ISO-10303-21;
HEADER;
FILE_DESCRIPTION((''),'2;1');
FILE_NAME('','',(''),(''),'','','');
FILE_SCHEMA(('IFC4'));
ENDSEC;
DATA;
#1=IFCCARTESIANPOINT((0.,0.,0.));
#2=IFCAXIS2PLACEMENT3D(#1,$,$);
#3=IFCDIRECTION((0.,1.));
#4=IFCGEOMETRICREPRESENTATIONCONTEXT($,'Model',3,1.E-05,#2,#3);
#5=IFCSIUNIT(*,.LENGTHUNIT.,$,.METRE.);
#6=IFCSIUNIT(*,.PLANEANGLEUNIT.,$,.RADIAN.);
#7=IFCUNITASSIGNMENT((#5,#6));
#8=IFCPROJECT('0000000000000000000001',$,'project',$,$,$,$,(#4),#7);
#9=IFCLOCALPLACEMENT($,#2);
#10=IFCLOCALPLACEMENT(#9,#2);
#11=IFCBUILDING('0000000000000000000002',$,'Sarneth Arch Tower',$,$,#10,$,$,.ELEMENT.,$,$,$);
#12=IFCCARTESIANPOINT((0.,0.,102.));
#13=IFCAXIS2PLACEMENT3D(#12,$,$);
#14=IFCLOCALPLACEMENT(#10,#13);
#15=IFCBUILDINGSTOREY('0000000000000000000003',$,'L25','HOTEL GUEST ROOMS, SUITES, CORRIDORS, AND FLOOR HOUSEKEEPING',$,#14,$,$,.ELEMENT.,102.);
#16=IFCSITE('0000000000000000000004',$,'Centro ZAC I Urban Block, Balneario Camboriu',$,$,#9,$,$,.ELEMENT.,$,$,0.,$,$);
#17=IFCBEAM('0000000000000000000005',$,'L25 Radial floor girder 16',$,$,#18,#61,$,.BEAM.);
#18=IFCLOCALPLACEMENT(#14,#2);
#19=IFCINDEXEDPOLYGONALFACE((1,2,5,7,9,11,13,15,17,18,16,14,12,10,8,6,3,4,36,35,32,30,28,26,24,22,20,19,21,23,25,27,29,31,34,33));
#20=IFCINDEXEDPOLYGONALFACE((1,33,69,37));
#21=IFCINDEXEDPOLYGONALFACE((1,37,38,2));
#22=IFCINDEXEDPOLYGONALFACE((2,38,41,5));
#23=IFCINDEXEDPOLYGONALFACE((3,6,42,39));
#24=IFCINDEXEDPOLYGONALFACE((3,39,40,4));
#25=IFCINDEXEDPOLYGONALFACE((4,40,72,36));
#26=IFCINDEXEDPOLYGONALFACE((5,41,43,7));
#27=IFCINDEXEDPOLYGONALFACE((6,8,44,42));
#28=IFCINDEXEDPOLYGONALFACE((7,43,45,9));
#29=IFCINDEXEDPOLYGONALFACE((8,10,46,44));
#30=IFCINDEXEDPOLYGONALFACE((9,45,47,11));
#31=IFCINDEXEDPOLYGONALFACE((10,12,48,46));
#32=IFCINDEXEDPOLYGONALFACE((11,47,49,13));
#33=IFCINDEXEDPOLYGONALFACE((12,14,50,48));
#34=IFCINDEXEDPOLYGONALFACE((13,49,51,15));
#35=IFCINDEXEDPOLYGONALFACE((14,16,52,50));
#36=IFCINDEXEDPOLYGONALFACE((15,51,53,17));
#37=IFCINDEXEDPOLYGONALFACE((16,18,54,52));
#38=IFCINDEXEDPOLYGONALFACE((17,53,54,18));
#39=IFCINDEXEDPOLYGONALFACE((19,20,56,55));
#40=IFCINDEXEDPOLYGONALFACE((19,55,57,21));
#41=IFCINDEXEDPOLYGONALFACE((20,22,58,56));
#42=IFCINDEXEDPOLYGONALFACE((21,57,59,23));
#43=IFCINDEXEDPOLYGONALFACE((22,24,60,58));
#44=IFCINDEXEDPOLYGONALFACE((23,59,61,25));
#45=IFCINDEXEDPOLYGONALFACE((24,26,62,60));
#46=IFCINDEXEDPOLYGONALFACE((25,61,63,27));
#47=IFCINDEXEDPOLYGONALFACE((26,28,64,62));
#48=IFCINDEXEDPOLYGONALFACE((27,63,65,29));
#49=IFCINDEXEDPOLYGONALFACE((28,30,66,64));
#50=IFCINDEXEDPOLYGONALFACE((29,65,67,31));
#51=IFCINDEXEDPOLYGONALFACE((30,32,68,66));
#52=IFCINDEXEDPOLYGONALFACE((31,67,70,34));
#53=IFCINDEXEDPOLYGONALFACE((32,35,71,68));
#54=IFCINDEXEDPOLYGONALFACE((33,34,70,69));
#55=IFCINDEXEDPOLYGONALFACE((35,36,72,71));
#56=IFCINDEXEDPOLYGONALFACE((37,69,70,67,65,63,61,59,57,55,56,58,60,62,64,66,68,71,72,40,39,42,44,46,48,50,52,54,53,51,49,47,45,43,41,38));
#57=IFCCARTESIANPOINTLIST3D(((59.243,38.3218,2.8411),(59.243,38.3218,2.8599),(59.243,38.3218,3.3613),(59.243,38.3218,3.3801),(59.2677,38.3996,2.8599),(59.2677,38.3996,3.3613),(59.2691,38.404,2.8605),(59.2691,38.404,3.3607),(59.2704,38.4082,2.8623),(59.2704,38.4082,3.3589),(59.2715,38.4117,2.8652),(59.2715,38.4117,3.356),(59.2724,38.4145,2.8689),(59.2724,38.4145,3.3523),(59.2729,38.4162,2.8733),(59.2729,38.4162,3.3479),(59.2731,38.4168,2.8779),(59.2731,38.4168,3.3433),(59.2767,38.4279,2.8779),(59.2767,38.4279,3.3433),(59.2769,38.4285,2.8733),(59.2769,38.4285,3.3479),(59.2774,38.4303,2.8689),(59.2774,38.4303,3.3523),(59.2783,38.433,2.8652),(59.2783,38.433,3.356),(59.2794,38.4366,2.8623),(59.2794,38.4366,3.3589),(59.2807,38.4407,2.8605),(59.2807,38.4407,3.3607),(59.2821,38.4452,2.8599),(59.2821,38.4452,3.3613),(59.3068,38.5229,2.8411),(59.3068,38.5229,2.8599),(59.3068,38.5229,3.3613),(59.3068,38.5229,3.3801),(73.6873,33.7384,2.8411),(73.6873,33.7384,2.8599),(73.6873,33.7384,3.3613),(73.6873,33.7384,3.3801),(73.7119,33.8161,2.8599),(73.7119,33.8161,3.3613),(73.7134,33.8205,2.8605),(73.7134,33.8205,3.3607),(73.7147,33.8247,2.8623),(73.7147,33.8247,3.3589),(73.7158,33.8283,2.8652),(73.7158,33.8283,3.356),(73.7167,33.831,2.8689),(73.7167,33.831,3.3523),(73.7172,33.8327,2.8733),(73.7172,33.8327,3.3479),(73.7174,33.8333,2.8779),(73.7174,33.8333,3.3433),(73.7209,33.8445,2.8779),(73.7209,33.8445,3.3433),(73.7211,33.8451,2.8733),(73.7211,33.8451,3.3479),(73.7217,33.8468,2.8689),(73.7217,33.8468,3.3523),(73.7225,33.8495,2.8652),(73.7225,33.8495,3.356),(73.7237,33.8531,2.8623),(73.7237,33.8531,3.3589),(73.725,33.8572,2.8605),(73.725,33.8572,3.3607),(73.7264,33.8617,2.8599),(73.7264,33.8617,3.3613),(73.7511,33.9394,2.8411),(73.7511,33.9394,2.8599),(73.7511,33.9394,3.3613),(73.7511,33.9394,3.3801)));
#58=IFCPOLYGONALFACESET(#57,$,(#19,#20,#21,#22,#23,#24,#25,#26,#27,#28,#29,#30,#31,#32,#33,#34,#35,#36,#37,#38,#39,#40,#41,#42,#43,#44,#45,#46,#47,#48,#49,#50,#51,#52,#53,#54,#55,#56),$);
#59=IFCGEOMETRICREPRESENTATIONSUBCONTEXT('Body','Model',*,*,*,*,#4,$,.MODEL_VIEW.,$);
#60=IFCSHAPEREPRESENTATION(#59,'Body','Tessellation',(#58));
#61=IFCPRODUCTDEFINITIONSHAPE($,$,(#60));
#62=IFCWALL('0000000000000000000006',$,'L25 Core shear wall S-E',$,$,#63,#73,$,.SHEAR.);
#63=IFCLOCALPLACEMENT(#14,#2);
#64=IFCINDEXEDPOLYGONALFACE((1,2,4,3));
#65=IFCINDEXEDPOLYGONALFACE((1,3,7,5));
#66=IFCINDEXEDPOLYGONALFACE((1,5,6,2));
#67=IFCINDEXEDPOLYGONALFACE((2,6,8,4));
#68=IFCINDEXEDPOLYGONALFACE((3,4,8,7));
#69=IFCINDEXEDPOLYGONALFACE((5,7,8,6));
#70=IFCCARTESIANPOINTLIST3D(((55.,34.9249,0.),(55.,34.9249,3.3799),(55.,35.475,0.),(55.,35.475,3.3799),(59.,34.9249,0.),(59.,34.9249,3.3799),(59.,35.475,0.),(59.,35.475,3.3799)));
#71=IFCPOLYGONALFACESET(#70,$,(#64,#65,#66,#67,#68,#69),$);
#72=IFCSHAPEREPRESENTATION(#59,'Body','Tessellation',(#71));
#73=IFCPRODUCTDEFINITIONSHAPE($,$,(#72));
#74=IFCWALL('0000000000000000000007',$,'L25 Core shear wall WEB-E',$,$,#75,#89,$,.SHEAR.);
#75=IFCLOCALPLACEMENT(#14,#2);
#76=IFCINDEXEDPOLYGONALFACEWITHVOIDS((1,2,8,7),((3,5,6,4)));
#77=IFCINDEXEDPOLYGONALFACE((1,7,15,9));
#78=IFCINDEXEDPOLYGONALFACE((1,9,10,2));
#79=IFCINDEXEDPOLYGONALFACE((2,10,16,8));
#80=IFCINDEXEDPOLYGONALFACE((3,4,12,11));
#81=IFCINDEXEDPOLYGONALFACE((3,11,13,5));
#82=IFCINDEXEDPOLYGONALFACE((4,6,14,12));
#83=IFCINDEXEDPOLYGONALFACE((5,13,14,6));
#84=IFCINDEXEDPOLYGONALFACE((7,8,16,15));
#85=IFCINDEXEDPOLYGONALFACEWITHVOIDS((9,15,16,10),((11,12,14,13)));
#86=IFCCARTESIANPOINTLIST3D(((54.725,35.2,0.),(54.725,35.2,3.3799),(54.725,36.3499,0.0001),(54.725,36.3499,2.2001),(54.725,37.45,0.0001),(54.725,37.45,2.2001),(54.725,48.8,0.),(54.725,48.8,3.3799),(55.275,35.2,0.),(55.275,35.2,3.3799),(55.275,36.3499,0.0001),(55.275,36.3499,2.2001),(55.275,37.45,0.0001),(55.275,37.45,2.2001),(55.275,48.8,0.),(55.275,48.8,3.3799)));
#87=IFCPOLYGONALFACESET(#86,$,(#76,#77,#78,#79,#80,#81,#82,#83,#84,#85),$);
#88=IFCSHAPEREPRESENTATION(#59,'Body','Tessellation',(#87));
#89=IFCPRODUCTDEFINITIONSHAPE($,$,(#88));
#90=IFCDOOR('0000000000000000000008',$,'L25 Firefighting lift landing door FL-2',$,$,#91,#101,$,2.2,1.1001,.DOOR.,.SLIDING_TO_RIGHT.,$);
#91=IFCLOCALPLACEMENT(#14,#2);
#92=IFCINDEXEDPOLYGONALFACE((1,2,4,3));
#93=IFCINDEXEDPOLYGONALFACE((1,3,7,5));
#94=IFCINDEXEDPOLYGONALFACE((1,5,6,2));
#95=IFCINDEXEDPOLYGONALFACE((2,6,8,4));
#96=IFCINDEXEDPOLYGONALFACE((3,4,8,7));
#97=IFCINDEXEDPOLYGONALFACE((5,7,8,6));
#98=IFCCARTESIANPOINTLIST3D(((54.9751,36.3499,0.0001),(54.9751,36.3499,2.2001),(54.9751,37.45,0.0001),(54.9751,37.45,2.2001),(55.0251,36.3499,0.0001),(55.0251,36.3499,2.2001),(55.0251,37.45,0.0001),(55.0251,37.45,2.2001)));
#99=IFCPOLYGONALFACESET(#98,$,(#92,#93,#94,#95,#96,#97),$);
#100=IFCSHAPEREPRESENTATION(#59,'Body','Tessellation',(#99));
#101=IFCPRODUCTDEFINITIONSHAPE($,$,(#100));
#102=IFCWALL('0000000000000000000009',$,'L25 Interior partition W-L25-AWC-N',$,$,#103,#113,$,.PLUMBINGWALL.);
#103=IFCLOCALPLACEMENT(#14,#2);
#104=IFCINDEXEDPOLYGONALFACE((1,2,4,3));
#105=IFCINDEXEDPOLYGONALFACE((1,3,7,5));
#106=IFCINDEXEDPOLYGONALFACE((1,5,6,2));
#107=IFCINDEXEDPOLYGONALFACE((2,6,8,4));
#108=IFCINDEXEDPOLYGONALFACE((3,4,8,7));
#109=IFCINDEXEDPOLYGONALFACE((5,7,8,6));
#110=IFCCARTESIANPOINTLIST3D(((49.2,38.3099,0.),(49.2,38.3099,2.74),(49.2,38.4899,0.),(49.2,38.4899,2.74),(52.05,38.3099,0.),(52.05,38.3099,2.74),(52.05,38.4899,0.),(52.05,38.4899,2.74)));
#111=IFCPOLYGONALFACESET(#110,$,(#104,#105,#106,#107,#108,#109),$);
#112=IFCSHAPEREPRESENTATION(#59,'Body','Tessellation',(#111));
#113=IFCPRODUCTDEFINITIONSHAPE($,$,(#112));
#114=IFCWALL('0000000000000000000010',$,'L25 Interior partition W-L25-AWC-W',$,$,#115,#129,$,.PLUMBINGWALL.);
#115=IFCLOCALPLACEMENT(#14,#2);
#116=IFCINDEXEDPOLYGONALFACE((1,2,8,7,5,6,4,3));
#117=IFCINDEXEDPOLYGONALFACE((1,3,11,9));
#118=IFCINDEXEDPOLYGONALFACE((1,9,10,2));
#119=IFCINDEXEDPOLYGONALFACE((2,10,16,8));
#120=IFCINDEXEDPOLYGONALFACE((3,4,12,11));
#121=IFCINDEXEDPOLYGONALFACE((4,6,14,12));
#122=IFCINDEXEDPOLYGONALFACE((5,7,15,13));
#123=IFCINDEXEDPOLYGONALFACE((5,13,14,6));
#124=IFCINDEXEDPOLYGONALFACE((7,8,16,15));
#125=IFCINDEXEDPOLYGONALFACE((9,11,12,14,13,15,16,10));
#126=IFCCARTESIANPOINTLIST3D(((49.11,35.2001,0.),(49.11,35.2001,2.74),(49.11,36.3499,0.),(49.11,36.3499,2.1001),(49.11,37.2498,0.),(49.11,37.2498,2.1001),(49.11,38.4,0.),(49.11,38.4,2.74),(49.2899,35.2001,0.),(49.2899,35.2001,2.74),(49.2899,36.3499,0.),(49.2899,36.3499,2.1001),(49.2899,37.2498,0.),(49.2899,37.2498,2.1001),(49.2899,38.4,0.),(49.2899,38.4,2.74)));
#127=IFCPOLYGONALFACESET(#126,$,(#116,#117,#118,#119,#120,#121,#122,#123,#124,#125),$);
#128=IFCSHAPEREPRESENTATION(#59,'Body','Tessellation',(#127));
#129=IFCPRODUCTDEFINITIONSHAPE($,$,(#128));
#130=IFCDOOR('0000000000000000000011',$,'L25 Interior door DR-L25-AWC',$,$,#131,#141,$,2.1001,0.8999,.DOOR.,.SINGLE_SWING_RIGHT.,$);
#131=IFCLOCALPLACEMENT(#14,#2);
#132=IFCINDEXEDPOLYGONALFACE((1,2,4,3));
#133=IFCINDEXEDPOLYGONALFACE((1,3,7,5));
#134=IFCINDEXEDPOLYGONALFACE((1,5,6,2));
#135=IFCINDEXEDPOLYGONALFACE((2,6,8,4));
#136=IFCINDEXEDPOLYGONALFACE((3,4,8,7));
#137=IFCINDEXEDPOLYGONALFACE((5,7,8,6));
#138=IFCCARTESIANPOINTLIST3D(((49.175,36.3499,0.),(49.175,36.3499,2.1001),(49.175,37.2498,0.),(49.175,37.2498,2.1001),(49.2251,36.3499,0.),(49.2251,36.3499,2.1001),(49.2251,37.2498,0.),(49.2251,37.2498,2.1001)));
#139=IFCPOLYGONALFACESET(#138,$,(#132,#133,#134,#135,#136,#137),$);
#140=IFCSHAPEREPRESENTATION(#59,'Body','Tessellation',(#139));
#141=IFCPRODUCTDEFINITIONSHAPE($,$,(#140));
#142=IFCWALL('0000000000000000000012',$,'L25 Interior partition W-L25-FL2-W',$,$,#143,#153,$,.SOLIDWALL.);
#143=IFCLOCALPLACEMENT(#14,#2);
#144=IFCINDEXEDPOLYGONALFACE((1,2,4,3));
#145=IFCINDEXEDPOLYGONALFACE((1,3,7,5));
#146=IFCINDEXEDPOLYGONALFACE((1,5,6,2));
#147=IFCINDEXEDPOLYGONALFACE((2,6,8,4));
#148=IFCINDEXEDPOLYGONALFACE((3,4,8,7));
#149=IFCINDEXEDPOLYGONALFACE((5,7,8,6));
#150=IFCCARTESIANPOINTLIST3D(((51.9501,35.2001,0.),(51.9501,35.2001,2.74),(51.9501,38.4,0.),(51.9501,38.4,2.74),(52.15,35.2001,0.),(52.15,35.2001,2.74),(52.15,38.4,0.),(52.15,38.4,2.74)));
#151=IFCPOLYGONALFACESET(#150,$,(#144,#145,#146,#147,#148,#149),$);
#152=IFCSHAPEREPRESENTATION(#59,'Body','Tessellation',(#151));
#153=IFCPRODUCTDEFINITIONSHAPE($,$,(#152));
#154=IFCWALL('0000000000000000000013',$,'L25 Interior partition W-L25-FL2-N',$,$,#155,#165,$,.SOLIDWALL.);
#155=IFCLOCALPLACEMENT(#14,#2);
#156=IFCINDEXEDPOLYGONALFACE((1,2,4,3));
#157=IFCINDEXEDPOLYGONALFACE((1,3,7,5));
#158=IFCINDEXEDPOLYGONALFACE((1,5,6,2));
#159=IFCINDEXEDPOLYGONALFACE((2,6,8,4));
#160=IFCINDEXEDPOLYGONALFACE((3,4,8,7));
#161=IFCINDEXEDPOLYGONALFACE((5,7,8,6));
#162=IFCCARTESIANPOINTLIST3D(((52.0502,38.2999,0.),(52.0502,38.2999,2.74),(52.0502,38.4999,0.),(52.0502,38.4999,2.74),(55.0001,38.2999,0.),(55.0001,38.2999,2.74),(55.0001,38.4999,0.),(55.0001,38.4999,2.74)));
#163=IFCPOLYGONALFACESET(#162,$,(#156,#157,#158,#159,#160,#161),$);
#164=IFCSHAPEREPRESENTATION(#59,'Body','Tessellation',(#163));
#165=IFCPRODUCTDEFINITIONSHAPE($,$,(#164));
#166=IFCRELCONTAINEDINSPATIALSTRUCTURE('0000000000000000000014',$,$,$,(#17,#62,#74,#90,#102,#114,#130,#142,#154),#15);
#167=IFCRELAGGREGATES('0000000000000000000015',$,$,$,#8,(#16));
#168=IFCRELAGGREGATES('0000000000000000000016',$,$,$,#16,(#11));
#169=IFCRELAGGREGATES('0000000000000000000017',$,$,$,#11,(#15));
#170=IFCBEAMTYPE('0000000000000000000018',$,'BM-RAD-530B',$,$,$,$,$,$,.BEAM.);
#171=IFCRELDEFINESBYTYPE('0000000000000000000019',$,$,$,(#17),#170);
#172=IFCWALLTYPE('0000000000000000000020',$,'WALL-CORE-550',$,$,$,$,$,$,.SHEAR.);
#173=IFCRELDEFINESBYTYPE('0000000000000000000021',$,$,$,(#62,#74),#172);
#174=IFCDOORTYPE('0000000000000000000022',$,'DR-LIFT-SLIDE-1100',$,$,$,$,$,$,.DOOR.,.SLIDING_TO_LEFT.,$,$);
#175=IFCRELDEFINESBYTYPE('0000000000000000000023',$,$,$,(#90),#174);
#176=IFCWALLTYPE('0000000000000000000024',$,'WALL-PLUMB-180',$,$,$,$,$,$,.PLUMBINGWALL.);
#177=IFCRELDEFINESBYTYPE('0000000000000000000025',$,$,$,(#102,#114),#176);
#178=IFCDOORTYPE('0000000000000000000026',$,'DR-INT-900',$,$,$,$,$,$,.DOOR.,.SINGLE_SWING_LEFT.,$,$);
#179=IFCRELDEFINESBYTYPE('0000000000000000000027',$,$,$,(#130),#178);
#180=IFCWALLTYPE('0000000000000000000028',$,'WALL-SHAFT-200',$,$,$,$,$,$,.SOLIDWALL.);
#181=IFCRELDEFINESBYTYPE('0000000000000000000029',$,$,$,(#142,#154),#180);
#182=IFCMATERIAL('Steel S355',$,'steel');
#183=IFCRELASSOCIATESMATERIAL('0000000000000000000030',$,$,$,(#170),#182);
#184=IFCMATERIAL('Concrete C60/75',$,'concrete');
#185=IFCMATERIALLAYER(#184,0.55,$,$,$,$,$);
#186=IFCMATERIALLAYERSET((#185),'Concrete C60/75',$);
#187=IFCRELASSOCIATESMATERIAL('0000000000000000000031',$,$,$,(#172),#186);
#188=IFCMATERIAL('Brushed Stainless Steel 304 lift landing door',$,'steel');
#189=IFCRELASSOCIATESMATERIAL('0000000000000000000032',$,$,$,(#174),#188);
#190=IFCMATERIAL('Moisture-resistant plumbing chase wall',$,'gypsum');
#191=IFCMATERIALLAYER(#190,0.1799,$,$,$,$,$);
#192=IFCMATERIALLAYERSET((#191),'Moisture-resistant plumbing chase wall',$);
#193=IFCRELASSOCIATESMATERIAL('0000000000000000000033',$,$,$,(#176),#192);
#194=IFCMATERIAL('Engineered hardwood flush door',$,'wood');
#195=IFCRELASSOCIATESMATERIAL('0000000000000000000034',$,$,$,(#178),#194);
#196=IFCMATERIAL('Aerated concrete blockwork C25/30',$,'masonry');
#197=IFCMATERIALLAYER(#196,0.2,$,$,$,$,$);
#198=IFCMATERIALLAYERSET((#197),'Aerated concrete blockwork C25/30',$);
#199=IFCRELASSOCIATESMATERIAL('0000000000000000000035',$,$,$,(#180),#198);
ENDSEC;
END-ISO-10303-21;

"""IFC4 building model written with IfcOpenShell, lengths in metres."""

from ifc_helpers import new_model, si_unit, direction, frame, frame_2d, origin, origin_2d, place, context, subcontext, project, spatial, rectangle, i_section, extrude, material, layer, layer_set, material_profile, profile_set, type_object, element, fill, save


model = new_model("IFC4")

# Units and contexts
model_context = context("Model", 3, precision=1e-05, world=origin(), true_north=direction((0.0, 1.0)))
body_context = subcontext(model_context, "Body", "Model", "MODEL_VIEW")
ifc_project = project(units=[si_unit("LENGTHUNIT", "METRE"), si_unit("PLANEANGLEUNIT", "RADIAN")], contexts=[model_context])

# Site, building, storey
site_placement = place(None, origin())
site = spatial("IfcSite", under=ifc_project, at=site_placement, Name="Centro ZAC I Urban Block, Balneario Camboriu", CompositionType="ELEMENT", RefElevation=0.0)
building_placement = place(site_placement, origin())
building = spatial("IfcBuilding", under=site, at=building_placement, Name="Sarneth Arch Tower", CompositionType="ELEMENT")
storey_placement = place(building_placement, frame((0.0, 0.0, 102.0)))
storey = spatial("IfcBuildingStorey", under=building, at=storey_placement, Name="L25", Description="HOTEL GUEST ROOMS, SUITES, CORRIDORS, AND FLOOR HOUSEKEEPING", CompositionType="ELEMENT", Elevation=102.0)

# Beam
ifc_material_1 = material(Name="Steel S355", Category="steel")
ifc_material_profile_1 = material_profile(ifc_material_1, i_section(OverallWidth=0.2109, OverallDepth=0.5391, WebThickness=0.0117, FlangeThickness=0.0188, FilletRadius=0.0181, at=origin_2d()), Name="W530x109")
ifc_profile_set_1 = profile_set([ifc_material_profile_1], Name="Steel S355")
beam_type_1 = type_object("IfcBeamType", Name="BM-RAD-530B", PredefinedType="BEAM", material=ifc_profile_set_1)
beam_1_placement = place(storey_placement, frame((59.2749, 38.4224, 3.1106), z_axis=(0.953162, -0.302459, 0.0), x_axis=(0.302459, 0.953162, 0.0)))
element("IfcBeam", 1, at=beam_1_placement, inside=storey, type_object=beam_type_1, Name="L25 Radial floor girder 16", PredefinedType="BEAM", context=body_context, shape_type="SweptSolid", body=[
    extrude(i_section(OverallWidth=0.2109, OverallDepth=0.5391, WebThickness=0.0117, FlangeThickness=0.0188, FilletRadius=0.0181, at=origin_2d()), origin(), (0.0, 0.0, 1.0), 15.1541),
])

# Wall
ifc_material_2 = material(Name="Concrete C60/75", Category="concrete")
ifc_layer_1 = layer(ifc_material_2, 0.55)
ifc_layer_set_1 = layer_set([ifc_layer_1], Name="Concrete C60/75")
wall_type_1 = type_object("IfcWallType", Name="WALL-CORE-550", PredefinedType="SHEAR", material=ifc_layer_set_1)
wall_1_placement = place(storey_placement, frame((55.0, 35.2, 0.0), z_axis=(0.0, 0.0, 1.0), x_axis=(1.0, 0.0, 0.0)))
element("IfcWall", 2, at=wall_1_placement, inside=storey, type_object=wall_type_1, Name="L25 Core shear wall S-E", PredefinedType="SHEAR", context=body_context, shape_type="SweptSolid", body=[
    extrude(rectangle(XDim=4.0, YDim=0.55, at=frame_2d((2.0, 0.0))), origin(), (0.0, 0.0, 1.0), 3.3799),
])

# Wall, opening, door
wall_2_placement = place(storey_placement, frame((55.0, 35.2, 0.0), z_axis=(0.0, 0.0, 1.0), x_axis=(0.0, 1.0, 0.0)))
wall_2 = element("IfcWall", 3, at=wall_2_placement, inside=storey, type_object=wall_type_1, Name="L25 Core shear wall WEB-E", PredefinedType="SHEAR", context=body_context, shape_type="SweptSolid", body=[
    extrude(rectangle(XDim=13.6001, YDim=0.55, at=frame_2d((6.8, 0.0))), origin(), (0.0, 0.0, 1.0), 3.3799),
])
opening_1_placement = place(wall_2_placement, frame((1.1499, 0.0, 0.0)))
opening_1 = element("IfcOpeningElement", 4, at=opening_1_placement, cuts=wall_2, PredefinedType="OPENING", context=body_context, shape_type="SweptSolid", body=[
    extrude(rectangle(XDim=1.1001, YDim=2.2, at=frame_2d((0.55, 1.1001))), frame((0.0, 0.2849, 0.0), z_axis=(0.0, -1.0, 0.0), x_axis=(1.0, 0.0, 0.0)), (0.0, 0.0, 1.0), 0.5701),
])
ifc_material_3 = material(Name="Brushed Stainless Steel 304 lift landing door", Category="steel")
door_type_1 = type_object("IfcDoorType", Name="DR-LIFT-SLIDE-1100", OperationType="SLIDING_TO_LEFT", PredefinedType="DOOR", material=ifc_material_3)
door_1_placement = place(opening_1_placement, origin())
door_1 = element("IfcDoor", 5, at=door_1_placement, inside=storey, type_object=door_type_1, Name="L25 Firefighting lift landing door FL-2", OperationType="SLIDING_TO_RIGHT", OverallHeight=2.2, OverallWidth=1.1001, PredefinedType="DOOR", context=body_context, shape_type="SweptSolid", body=[
    extrude(rectangle(XDim=1.1001, YDim=2.2, at=frame_2d((0.55, 1.1001))), frame((0.0, 0.0249, 0.0), z_axis=(0.0, -1.0, 0.0), x_axis=(1.0, 0.0, 0.0)), (0.0, 0.0, 1.0), 0.05),
])
fill(opening_1, door_1)

# Wall
ifc_material_4 = material(Name="Moisture-resistant plumbing chase wall", Category="gypsum")
ifc_layer_2 = layer(ifc_material_4, 0.1799)
ifc_layer_set_2 = layer_set([ifc_layer_2], Name="Moisture-resistant plumbing chase wall")
wall_type_2 = type_object("IfcWallType", Name="WALL-PLUMB-180", PredefinedType="PLUMBINGWALL", material=ifc_layer_set_2)
wall_3_placement = place(storey_placement, frame((49.2, 38.3999, 0.0), z_axis=(0.0, 0.0, 1.0), x_axis=(1.0, 0.0, 0.0)))
element("IfcWall", 6, at=wall_3_placement, inside=storey, type_object=wall_type_2, Name="L25 Interior partition W-L25-AWC-N", PredefinedType="PLUMBINGWALL", context=body_context, shape_type="SweptSolid", body=[
    extrude(rectangle(XDim=2.8501, YDim=0.1799, at=frame_2d((1.425, 0.0))), origin(), (0.0, 0.0, 1.0), 2.74),
])

# Wall, opening, door
wall_4_placement = place(storey_placement, frame((49.2, 35.2, 0.0), z_axis=(0.0, 0.0, 1.0), x_axis=(0.0, 1.0, 0.0)))
wall_4 = element("IfcWall", 7, at=wall_4_placement, inside=storey, type_object=wall_type_2, Name="L25 Interior partition W-L25-AWC-W", PredefinedType="PLUMBINGWALL", context=body_context, shape_type="SweptSolid", body=[
    extrude(rectangle(XDim=3.2, YDim=0.1799, at=frame_2d((1.6001, 0.0))), origin(), (0.0, 0.0, 1.0), 2.74),
])
opening_2_placement = place(wall_4_placement, frame((1.1499, 0.0, 0.0)))
opening_2 = element("IfcOpeningElement", 8, at=opening_2_placement, cuts=wall_4, PredefinedType="OPENING", context=body_context, shape_type="SweptSolid", body=[
    extrude(rectangle(XDim=0.8999, YDim=2.1001, at=frame_2d((0.45, 1.05))), frame((0.0, 0.0999, 0.0), z_axis=(0.0, -1.0, 0.0), x_axis=(1.0, 0.0, 0.0)), (0.0, 0.0, 1.0), 0.2),
])
ifc_material_5 = material(Name="Engineered hardwood flush door", Category="wood")
door_type_2 = type_object("IfcDoorType", Name="DR-INT-900", OperationType="SINGLE_SWING_LEFT", PredefinedType="DOOR", material=ifc_material_5)
door_2_placement = place(opening_2_placement, origin())
door_2 = element("IfcDoor", 9, at=door_2_placement, inside=storey, type_object=door_type_2, Name="L25 Interior door DR-L25-AWC", OperationType="SINGLE_SWING_RIGHT", OverallHeight=2.1001, OverallWidth=0.8999, PredefinedType="DOOR", context=body_context, shape_type="SweptSolid", body=[
    extrude(rectangle(XDim=0.8999, YDim=2.1001, at=frame_2d((0.45, 1.05))), frame((0.0, 0.0249, 0.0), z_axis=(0.0, -1.0, 0.0), x_axis=(1.0, 0.0, 0.0)), (0.0, 0.0, 1.0), 0.05),
])
fill(opening_2, door_2)
ifc_material_6 = material(Name="Aerated concrete blockwork C25/30", Category="masonry")
ifc_layer_3 = layer(ifc_material_6, 0.2)
ifc_layer_set_3 = layer_set([ifc_layer_3], Name="Aerated concrete blockwork C25/30")
wall_type_3 = type_object("IfcWallType", Name="WALL-SHAFT-200", PredefinedType="SOLIDWALL", material=ifc_layer_set_3)

# Walls
wall_5_placement = place(storey_placement, frame((52.05, 35.2, 0.0), z_axis=(0.0, 0.0, 1.0), x_axis=(0.0, 1.0, 0.0)))
element("IfcWall", 10, at=wall_5_placement, inside=storey, type_object=wall_type_3, Name="L25 Interior partition W-L25-FL2-W", PredefinedType="SOLIDWALL", context=body_context, shape_type="SweptSolid", body=[
    extrude(rectangle(XDim=3.2, YDim=0.2, at=frame_2d((1.6001, 0.0))), origin(), (0.0, 0.0, 1.0), 2.74),
])
wall_6_placement = place(storey_placement, frame((52.05, 38.3999, 0.0), z_axis=(0.0, 0.0, 1.0), x_axis=(1.0, 0.0, 0.0)))
element("IfcWall", 11, at=wall_6_placement, inside=storey, type_object=wall_type_3, Name="L25 Interior partition W-L25-FL2-N", PredefinedType="SOLIDWALL", context=body_context, shape_type="SweptSolid", body=[
    extrude(rectangle(XDim=2.95, YDim=0.2, at=frame_2d((1.4751, 0.0))), origin(), (0.0, 0.0, 1.0), 2.74),
])

save(model, "model.ifc")
